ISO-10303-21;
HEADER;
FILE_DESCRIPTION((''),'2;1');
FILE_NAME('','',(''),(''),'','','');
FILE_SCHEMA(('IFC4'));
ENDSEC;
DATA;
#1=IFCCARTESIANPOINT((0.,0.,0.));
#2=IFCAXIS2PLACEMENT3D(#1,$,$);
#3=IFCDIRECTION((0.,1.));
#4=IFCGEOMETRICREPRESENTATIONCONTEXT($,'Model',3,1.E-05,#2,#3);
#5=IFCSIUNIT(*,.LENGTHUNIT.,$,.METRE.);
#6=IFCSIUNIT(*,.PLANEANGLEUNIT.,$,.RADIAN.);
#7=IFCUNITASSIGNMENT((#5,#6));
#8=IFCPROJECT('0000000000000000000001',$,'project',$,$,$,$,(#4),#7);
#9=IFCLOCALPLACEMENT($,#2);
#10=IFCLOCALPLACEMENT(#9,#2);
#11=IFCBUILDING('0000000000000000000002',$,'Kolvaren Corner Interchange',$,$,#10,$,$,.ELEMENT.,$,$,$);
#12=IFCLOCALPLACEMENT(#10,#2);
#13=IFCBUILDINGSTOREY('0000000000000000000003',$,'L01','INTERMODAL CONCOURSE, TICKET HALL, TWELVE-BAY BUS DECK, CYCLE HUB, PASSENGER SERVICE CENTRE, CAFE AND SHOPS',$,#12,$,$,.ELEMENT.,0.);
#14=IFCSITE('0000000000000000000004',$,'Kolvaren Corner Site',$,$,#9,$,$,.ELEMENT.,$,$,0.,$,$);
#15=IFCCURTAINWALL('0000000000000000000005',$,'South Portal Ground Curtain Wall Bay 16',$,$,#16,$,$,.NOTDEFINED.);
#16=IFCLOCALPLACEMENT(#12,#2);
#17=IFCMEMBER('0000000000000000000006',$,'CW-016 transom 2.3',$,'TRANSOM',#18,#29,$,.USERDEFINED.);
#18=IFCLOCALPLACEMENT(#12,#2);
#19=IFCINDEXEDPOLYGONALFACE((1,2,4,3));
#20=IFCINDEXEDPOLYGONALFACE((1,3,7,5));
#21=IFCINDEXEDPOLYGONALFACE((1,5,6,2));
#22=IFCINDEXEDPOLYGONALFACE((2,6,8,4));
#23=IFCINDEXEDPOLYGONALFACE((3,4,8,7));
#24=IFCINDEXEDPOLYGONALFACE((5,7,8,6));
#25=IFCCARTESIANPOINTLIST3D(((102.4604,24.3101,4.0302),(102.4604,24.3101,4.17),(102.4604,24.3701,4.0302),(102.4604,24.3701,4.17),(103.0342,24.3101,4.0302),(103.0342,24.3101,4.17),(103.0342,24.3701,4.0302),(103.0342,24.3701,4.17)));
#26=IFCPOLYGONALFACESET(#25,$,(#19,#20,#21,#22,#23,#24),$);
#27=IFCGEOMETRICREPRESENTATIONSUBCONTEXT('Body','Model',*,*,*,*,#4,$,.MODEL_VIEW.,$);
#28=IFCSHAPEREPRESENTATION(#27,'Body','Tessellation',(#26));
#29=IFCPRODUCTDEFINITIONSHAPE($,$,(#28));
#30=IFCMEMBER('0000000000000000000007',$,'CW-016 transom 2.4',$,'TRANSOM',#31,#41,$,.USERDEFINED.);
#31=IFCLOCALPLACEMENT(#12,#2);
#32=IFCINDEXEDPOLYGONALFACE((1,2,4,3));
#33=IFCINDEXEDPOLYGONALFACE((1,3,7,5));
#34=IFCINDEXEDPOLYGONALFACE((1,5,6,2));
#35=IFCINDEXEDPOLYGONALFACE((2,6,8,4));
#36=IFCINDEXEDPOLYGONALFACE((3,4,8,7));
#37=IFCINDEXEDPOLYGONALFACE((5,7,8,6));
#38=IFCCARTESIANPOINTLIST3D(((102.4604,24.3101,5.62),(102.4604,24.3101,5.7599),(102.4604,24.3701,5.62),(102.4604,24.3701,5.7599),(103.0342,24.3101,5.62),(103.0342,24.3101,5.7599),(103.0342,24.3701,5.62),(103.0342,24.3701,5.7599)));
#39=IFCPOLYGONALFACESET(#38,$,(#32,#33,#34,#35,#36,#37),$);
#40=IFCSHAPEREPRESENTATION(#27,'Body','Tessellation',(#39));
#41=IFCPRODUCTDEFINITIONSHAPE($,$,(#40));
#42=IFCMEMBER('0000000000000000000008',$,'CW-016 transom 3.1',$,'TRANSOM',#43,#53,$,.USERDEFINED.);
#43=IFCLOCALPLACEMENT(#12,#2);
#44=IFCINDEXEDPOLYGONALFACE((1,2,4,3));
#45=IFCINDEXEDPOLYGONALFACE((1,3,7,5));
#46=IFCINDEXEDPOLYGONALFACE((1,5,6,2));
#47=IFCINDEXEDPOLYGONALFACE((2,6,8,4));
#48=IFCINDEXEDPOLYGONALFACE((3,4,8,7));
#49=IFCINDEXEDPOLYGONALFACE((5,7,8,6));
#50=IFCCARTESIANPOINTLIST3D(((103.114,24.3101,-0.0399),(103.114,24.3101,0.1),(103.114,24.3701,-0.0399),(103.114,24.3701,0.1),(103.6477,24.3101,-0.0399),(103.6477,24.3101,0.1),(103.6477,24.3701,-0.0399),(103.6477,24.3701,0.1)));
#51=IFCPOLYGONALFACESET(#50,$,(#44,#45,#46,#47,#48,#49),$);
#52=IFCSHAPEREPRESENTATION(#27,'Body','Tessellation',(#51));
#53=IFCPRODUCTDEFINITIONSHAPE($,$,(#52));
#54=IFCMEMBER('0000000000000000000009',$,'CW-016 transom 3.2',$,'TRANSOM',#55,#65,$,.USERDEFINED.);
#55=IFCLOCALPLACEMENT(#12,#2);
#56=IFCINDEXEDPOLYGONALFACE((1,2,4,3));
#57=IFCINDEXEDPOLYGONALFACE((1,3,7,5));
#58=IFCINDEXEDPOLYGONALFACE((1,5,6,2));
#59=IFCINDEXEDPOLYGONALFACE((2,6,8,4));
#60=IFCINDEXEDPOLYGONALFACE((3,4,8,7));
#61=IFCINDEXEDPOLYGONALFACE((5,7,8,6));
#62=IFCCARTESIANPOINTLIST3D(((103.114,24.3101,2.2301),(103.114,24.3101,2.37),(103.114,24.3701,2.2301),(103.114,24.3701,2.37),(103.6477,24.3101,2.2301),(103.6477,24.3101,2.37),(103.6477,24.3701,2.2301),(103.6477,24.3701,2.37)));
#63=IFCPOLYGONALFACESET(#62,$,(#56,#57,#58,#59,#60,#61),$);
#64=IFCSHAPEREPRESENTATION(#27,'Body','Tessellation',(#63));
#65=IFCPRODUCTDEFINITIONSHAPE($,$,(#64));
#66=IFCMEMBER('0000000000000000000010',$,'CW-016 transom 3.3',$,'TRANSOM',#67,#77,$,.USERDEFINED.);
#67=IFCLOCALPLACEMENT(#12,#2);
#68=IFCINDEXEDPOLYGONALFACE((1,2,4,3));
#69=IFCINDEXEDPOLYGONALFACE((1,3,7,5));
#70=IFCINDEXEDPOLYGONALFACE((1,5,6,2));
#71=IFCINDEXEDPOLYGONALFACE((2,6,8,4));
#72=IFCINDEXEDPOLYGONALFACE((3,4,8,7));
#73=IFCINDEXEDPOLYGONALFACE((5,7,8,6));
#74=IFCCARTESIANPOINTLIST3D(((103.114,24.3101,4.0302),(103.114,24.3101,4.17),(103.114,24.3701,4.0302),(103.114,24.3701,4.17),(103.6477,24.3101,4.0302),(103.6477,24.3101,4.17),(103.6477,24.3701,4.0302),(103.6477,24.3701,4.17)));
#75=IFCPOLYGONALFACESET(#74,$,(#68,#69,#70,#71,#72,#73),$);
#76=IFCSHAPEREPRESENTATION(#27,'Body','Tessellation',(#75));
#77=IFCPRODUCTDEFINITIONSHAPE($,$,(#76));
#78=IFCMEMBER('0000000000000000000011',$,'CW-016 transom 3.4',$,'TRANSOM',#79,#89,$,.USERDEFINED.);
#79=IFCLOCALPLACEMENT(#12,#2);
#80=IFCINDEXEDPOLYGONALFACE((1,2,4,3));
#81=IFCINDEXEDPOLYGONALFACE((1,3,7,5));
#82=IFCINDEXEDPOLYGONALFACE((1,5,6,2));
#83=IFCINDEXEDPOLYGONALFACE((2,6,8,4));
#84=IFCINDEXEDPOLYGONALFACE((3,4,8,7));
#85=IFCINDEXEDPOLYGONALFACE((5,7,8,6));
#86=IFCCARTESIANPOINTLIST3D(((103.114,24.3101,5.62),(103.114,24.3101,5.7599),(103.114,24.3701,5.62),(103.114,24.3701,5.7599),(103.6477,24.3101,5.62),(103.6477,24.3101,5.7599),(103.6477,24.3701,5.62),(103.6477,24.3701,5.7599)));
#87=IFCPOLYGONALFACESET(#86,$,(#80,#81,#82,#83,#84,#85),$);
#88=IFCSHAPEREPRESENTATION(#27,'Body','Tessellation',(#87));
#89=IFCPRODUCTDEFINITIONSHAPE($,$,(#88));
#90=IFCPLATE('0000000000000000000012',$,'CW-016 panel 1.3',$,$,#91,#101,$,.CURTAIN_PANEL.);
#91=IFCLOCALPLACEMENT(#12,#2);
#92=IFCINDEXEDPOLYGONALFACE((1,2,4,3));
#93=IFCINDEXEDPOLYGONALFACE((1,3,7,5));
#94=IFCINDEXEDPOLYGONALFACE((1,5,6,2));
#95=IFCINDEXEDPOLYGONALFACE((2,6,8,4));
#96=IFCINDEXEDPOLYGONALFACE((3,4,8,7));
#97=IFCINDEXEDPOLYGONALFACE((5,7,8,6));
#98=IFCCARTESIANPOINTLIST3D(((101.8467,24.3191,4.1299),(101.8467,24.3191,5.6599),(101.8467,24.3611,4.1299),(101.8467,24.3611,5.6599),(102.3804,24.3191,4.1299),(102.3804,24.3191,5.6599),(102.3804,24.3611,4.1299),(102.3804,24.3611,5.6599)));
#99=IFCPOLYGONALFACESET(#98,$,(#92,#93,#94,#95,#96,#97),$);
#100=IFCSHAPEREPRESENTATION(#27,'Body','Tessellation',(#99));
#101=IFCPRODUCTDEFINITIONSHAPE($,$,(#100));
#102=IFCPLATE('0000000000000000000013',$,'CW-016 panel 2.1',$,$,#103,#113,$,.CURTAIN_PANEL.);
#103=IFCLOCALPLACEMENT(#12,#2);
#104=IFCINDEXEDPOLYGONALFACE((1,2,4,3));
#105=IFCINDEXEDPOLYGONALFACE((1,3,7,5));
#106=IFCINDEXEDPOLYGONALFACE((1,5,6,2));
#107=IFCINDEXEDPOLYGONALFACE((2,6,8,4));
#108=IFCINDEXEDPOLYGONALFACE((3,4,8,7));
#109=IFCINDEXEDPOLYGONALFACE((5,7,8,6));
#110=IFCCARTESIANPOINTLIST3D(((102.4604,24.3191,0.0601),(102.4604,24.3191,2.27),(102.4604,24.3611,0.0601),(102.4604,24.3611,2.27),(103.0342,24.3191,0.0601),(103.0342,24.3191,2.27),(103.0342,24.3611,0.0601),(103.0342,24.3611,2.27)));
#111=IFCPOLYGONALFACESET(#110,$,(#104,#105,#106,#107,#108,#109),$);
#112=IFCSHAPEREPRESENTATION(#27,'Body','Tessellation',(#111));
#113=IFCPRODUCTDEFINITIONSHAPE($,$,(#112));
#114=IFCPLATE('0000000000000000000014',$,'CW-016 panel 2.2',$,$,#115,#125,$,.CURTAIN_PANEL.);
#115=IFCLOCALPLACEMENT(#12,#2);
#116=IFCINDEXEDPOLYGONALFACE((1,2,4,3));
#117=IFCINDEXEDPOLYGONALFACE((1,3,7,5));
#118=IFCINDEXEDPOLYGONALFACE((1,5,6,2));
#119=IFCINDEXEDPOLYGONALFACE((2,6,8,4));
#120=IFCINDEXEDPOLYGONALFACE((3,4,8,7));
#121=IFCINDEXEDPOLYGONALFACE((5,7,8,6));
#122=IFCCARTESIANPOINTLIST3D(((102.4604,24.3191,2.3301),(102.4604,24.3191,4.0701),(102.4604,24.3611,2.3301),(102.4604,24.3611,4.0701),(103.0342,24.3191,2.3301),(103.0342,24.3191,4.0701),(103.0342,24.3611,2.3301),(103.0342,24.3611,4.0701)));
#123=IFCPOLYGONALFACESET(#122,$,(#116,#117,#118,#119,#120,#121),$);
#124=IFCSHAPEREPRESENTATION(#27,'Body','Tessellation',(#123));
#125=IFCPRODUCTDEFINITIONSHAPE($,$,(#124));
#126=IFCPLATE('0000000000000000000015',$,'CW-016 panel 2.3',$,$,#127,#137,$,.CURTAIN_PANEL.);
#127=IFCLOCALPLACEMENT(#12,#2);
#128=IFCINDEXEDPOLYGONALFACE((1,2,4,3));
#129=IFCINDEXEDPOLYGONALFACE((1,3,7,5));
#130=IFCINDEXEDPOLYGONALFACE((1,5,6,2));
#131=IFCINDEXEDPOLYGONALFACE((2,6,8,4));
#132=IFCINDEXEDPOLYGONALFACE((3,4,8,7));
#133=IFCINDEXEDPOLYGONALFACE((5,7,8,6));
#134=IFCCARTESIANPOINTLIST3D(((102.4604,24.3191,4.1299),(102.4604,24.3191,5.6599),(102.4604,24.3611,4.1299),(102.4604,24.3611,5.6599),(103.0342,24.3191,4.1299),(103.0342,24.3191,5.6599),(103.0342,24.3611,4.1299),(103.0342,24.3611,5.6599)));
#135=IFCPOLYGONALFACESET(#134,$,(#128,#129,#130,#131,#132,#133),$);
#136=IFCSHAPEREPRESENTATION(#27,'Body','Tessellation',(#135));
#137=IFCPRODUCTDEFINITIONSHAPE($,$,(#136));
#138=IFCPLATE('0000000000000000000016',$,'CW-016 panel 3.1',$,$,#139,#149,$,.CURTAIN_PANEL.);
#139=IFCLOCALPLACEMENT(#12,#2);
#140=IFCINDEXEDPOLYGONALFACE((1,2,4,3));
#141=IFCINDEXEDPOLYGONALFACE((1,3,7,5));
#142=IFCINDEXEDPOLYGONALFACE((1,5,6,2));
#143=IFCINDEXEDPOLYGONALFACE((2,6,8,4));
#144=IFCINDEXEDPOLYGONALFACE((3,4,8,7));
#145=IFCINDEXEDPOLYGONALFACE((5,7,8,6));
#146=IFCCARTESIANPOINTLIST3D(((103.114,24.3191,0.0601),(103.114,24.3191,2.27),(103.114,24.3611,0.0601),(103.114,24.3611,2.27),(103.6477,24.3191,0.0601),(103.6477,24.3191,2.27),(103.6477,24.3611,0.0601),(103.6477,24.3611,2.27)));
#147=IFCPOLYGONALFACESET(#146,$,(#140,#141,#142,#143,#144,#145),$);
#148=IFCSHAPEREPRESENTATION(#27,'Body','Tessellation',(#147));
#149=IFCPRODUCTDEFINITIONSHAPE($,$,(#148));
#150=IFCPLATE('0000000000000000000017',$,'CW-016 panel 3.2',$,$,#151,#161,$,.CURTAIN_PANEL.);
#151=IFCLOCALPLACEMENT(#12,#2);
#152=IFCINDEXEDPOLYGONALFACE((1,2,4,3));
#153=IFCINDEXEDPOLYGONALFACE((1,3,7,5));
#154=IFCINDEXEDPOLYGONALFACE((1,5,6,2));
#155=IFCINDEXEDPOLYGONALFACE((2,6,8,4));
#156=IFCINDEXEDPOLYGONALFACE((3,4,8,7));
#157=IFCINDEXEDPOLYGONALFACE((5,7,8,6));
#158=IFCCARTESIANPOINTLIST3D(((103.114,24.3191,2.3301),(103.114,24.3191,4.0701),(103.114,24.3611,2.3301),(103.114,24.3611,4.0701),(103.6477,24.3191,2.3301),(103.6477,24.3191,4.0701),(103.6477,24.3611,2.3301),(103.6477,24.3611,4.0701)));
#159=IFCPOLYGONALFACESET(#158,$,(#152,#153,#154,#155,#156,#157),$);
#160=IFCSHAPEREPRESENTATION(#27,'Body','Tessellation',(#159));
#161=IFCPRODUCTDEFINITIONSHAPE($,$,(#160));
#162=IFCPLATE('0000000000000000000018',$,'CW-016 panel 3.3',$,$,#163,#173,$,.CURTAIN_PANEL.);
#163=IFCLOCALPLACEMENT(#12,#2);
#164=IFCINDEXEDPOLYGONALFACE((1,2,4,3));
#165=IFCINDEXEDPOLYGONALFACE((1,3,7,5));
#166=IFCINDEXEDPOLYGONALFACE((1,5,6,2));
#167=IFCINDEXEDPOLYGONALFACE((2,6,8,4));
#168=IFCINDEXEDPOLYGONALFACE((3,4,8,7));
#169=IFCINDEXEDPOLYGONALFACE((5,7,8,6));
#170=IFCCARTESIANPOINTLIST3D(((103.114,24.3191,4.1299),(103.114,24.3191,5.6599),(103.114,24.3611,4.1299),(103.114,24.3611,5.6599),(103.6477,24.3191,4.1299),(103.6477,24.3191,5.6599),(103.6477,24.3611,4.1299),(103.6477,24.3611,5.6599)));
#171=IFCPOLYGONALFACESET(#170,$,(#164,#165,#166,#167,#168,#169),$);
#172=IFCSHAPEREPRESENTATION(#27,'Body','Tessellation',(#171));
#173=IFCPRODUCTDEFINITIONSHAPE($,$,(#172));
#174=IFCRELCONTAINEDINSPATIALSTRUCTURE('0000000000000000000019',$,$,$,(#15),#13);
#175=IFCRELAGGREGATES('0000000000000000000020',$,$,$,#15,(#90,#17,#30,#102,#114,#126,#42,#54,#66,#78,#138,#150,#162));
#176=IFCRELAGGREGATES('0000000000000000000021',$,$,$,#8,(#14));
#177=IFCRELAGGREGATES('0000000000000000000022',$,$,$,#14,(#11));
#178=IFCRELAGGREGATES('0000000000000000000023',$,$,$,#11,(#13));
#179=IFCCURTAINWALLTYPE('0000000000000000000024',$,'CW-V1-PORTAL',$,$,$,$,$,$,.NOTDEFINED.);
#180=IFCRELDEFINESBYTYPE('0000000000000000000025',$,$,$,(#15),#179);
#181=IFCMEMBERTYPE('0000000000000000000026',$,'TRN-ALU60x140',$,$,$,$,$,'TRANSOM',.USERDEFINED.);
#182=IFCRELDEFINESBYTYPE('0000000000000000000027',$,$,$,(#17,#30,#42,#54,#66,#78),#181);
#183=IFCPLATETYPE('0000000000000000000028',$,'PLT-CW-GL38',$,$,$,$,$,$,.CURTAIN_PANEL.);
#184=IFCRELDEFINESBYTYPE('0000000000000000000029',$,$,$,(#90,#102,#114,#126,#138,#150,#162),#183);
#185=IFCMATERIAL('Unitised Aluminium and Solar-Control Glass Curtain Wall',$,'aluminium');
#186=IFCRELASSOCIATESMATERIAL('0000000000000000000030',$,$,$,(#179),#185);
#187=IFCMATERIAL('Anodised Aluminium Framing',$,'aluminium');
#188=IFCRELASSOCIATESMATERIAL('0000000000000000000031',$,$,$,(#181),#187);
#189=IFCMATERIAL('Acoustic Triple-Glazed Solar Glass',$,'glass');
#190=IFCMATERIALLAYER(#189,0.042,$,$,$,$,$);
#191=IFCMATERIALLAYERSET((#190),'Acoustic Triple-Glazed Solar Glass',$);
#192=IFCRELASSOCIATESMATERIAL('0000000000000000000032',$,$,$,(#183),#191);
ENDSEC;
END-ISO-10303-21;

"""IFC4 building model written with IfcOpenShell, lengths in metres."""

from ifc_helpers import new_model, si_unit, direction, frame, origin, origin_2d, place, context, subcontext, project, spatial, rectangle, extrude, material, layer, layer_set, material_profile, profile_set, type_object, element, aggregate, save


model = new_model("IFC4")

# Units and contexts
model_context = context("Model", 3, precision=1e-05, world=origin(), true_north=direction((0.0, 1.0)))
body_context = subcontext(model_context, "Body", "Model", "MODEL_VIEW")
ifc_project = project(units=[si_unit("LENGTHUNIT", "METRE"), si_unit("PLANEANGLEUNIT", "RADIAN")], contexts=[model_context])

# Site, building, storey
site_placement = place(None, origin())
site = spatial("IfcSite", under=ifc_project, at=site_placement, Name="Kolvaren Corner Site", CompositionType="ELEMENT", RefElevation=0.0)
building_placement = place(site_placement, origin())
building = spatial("IfcBuilding", under=site, at=building_placement, Name="Kolvaren Corner Interchange", CompositionType="ELEMENT")
storey_placement = place(building_placement, origin())
storey = spatial("IfcBuildingStorey", under=building, at=storey_placement, Name="L01", Description="INTERMODAL CONCOURSE, TICKET HALL, TWELVE-BAY BUS DECK, CYCLE HUB, PASSENGER SERVICE CENTRE, CAFE AND SHOPS", CompositionType="ELEMENT", Elevation=0.0)

# Curtain wall, members, plates
ifc_material_1 = material(Name="Unitised Aluminium and Solar-Control Glass Curtain Wall", Category="aluminium")
curtain_wall_type = type_object("IfcCurtainWallType", Name="CW-V1-PORTAL", PredefinedType="NOTDEFINED", material=ifc_material_1)
curtain_wall_placement = place(storey_placement, origin())
curtain_wall = element("IfcCurtainWall", 1, at=curtain_wall_placement, inside=storey, type_object=curtain_wall_type, Name="South Portal Ground Curtain Wall Bay 16", PredefinedType="NOTDEFINED")
ifc_material_2 = material(Name="Anodised Aluminium Framing", Category="aluminium")
ifc_material_profile_1 = material_profile(ifc_material_2, rectangle(XDim=0.0601, YDim=0.1399, at=origin_2d()), Name="ALU 60x140")
ifc_profile_set_1 = profile_set([ifc_material_profile_1], Name="Anodised Aluminium Framing")
member_type_1 = type_object("IfcMemberType", Name="TRN-ALU60x140", ElementType="TRANSOM", PredefinedType="USERDEFINED", material=ifc_profile_set_1)
member_1_placement = place(storey_placement, frame((102.4604, 24.3401, 4.1001), z_axis=(1.0, 0.0, 0.0), x_axis=(0.0, 1.0, 0.0)))
member_1 = element("IfcMember", 2, at=member_1_placement, type_object=member_type_1, Name="CW-016 transom 2.3", ObjectType="TRANSOM", PredefinedType="USERDEFINED", context=body_context, shape_type="SweptSolid", body=[
    extrude(rectangle(XDim=0.0601, YDim=0.1399, at=origin_2d()), origin(), (0.0, 0.0, 1.0), 0.5737),
])
member_2_placement = place(storey_placement, frame((102.4604, 24.3401, 5.6899), z_axis=(1.0, 0.0, 0.0), x_axis=(0.0, 1.0, 0.0)))
member_2 = element("IfcMember", 3, at=member_2_placement, type_object=member_type_1, Name="CW-016 transom 2.4", ObjectType="TRANSOM", PredefinedType="USERDEFINED", context=body_context, shape_type="SweptSolid", body=[
    extrude(rectangle(XDim=0.0601, YDim=0.1399, at=origin_2d()), origin(), (0.0, 0.0, 1.0), 0.5737),
])
member_3_placement = place(storey_placement, frame((103.114, 24.3401, 0.03), z_axis=(1.0, 0.0, 0.0), x_axis=(0.0, 1.0, 0.0)))
member_3 = element("IfcMember", 4, at=member_3_placement, type_object=member_type_1, Name="CW-016 transom 3.1", ObjectType="TRANSOM", PredefinedType="USERDEFINED", context=body_context, shape_type="SweptSolid", body=[
    extrude(rectangle(XDim=0.0601, YDim=0.1399, at=origin_2d()), origin(), (0.0, 0.0, 1.0), 0.5337),
])
member_4_placement = place(storey_placement, frame((103.114, 24.3401, 2.3), z_axis=(1.0, 0.0, 0.0), x_axis=(0.0, 1.0, 0.0)))
member_4 = element("IfcMember", 5, at=member_4_placement, type_object=member_type_1, Name="CW-016 transom 3.2", ObjectType="TRANSOM", PredefinedType="USERDEFINED", context=body_context, shape_type="SweptSolid", body=[
    extrude(rectangle(XDim=0.0601, YDim=0.1399, at=origin_2d()), origin(), (0.0, 0.0, 1.0), 0.5337),
])
member_5_placement = place(storey_placement, frame((103.114, 24.3401, 4.1001), z_axis=(1.0, 0.0, 0.0), x_axis=(0.0, 1.0, 0.0)))
member_5 = element("IfcMember", 6, at=member_5_placement, type_object=member_type_1, Name="CW-016 transom 3.3", ObjectType="TRANSOM", PredefinedType="USERDEFINED", context=body_context, shape_type="SweptSolid", body=[
    extrude(rectangle(XDim=0.0601, YDim=0.1399, at=origin_2d()), origin(), (0.0, 0.0, 1.0), 0.5337),
])
member_6_placement = place(storey_placement, frame((103.114, 24.3401, 5.6899), z_axis=(1.0, 0.0, 0.0), x_axis=(0.0, 1.0, 0.0)))
member_6 = element("IfcMember", 7, at=member_6_placement, type_object=member_type_1, Name="CW-016 transom 3.4", ObjectType="TRANSOM", PredefinedType="USERDEFINED", context=body_context, shape_type="SweptSolid", body=[
    extrude(rectangle(XDim=0.0601, YDim=0.1399, at=origin_2d()), origin(), (0.0, 0.0, 1.0), 0.5337),
])
ifc_material_3 = material(Name="Acoustic Triple-Glazed Solar Glass", Category="glass")
ifc_layer = layer(ifc_material_3, 0.042)
ifc_layer_set = layer_set([ifc_layer], Name="Acoustic Triple-Glazed Solar Glass")
plate_type = type_object("IfcPlateType", Name="PLT-CW-GL38", PredefinedType="CURTAIN_PANEL", material=ifc_layer_set)
plate_1_placement = place(storey_placement, frame((102.1135, 24.3401, 4.1299), z_axis=(0.0, 0.0, 1.0), x_axis=(1.0, 0.0, 0.0)))
plate_1 = element("IfcPlate", 8, at=plate_1_placement, type_object=plate_type, Name="CW-016 panel 1.3", PredefinedType="CURTAIN_PANEL", context=body_context, shape_type="SweptSolid", body=[
    extrude(rectangle(XDim=0.5337, YDim=0.042, at=origin_2d()), origin(), (0.0, 0.0, 1.0), 1.53),
])
plate_2_placement = place(storey_placement, frame((102.7473, 24.3401, 0.0601), z_axis=(0.0, 0.0, 1.0), x_axis=(1.0, 0.0, 0.0)))
plate_2 = element("IfcPlate", 9, at=plate_2_placement, type_object=plate_type, Name="CW-016 panel 2.1", PredefinedType="CURTAIN_PANEL", context=body_context, shape_type="SweptSolid", body=[
    extrude(rectangle(XDim=0.5737, YDim=0.042, at=origin_2d()), origin(), (0.0, 0.0, 1.0), 2.21),
])
plate_3_placement = place(storey_placement, frame((102.7473, 24.3401, 2.3301), z_axis=(0.0, 0.0, 1.0), x_axis=(1.0, 0.0, 0.0)))
plate_3 = element("IfcPlate", 10, at=plate_3_placement, type_object=plate_type, Name="CW-016 panel 2.2", PredefinedType="CURTAIN_PANEL", context=body_context, shape_type="SweptSolid", body=[
    extrude(rectangle(XDim=0.5737, YDim=0.042, at=origin_2d()), origin(), (0.0, 0.0, 1.0), 1.74),
])
plate_4_placement = place(storey_placement, frame((102.7473, 24.3401, 4.1299), z_axis=(0.0, 0.0, 1.0), x_axis=(1.0, 0.0, 0.0)))
plate_4 = element("IfcPlate", 11, at=plate_4_placement, type_object=plate_type, Name="CW-016 panel 2.3", PredefinedType="CURTAIN_PANEL", context=body_context, shape_type="SweptSolid", body=[
    extrude(rectangle(XDim=0.5737, YDim=0.042, at=origin_2d()), origin(), (0.0, 0.0, 1.0), 1.53),
])
plate_5_placement = place(storey_placement, frame((103.3809, 24.3401, 0.0601), z_axis=(0.0, 0.0, 1.0), x_axis=(1.0, 0.0, 0.0)))
plate_5 = element("IfcPlate", 12, at=plate_5_placement, type_object=plate_type, Name="CW-016 panel 3.1", PredefinedType="CURTAIN_PANEL", context=body_context, shape_type="SweptSolid", body=[
    extrude(rectangle(XDim=0.5337, YDim=0.042, at=origin_2d()), origin(), (0.0, 0.0, 1.0), 2.21),
])
plate_6_placement = place(storey_placement, frame((103.3809, 24.3401, 2.3301), z_axis=(0.0, 0.0, 1.0), x_axis=(1.0, 0.0, 0.0)))
plate_6 = element("IfcPlate", 13, at=plate_6_placement, type_object=plate_type, Name="CW-016 panel 3.2", PredefinedType="CURTAIN_PANEL", context=body_context, shape_type="SweptSolid", body=[
    extrude(rectangle(XDim=0.5337, YDim=0.042, at=origin_2d()), origin(), (0.0, 0.0, 1.0), 1.74),
])
plate_7_placement = place(storey_placement, frame((103.3809, 24.3401, 4.1299), z_axis=(0.0, 0.0, 1.0), x_axis=(1.0, 0.0, 0.0)))
plate_7 = element("IfcPlate", 14, at=plate_7_placement, type_object=plate_type, Name="CW-016 panel 3.3", PredefinedType="CURTAIN_PANEL", context=body_context, shape_type="SweptSolid", body=[
    extrude(rectangle(XDim=0.5337, YDim=0.042, at=origin_2d()), origin(), (0.0, 0.0, 1.0), 1.53),
])
aggregate(curtain_wall, [plate_1, member_1, member_2, plate_2, plate_3, plate_4, member_3, member_4, member_5, member_6, plate_5, plate_6, plate_7])

save(model, "model.ifc")
